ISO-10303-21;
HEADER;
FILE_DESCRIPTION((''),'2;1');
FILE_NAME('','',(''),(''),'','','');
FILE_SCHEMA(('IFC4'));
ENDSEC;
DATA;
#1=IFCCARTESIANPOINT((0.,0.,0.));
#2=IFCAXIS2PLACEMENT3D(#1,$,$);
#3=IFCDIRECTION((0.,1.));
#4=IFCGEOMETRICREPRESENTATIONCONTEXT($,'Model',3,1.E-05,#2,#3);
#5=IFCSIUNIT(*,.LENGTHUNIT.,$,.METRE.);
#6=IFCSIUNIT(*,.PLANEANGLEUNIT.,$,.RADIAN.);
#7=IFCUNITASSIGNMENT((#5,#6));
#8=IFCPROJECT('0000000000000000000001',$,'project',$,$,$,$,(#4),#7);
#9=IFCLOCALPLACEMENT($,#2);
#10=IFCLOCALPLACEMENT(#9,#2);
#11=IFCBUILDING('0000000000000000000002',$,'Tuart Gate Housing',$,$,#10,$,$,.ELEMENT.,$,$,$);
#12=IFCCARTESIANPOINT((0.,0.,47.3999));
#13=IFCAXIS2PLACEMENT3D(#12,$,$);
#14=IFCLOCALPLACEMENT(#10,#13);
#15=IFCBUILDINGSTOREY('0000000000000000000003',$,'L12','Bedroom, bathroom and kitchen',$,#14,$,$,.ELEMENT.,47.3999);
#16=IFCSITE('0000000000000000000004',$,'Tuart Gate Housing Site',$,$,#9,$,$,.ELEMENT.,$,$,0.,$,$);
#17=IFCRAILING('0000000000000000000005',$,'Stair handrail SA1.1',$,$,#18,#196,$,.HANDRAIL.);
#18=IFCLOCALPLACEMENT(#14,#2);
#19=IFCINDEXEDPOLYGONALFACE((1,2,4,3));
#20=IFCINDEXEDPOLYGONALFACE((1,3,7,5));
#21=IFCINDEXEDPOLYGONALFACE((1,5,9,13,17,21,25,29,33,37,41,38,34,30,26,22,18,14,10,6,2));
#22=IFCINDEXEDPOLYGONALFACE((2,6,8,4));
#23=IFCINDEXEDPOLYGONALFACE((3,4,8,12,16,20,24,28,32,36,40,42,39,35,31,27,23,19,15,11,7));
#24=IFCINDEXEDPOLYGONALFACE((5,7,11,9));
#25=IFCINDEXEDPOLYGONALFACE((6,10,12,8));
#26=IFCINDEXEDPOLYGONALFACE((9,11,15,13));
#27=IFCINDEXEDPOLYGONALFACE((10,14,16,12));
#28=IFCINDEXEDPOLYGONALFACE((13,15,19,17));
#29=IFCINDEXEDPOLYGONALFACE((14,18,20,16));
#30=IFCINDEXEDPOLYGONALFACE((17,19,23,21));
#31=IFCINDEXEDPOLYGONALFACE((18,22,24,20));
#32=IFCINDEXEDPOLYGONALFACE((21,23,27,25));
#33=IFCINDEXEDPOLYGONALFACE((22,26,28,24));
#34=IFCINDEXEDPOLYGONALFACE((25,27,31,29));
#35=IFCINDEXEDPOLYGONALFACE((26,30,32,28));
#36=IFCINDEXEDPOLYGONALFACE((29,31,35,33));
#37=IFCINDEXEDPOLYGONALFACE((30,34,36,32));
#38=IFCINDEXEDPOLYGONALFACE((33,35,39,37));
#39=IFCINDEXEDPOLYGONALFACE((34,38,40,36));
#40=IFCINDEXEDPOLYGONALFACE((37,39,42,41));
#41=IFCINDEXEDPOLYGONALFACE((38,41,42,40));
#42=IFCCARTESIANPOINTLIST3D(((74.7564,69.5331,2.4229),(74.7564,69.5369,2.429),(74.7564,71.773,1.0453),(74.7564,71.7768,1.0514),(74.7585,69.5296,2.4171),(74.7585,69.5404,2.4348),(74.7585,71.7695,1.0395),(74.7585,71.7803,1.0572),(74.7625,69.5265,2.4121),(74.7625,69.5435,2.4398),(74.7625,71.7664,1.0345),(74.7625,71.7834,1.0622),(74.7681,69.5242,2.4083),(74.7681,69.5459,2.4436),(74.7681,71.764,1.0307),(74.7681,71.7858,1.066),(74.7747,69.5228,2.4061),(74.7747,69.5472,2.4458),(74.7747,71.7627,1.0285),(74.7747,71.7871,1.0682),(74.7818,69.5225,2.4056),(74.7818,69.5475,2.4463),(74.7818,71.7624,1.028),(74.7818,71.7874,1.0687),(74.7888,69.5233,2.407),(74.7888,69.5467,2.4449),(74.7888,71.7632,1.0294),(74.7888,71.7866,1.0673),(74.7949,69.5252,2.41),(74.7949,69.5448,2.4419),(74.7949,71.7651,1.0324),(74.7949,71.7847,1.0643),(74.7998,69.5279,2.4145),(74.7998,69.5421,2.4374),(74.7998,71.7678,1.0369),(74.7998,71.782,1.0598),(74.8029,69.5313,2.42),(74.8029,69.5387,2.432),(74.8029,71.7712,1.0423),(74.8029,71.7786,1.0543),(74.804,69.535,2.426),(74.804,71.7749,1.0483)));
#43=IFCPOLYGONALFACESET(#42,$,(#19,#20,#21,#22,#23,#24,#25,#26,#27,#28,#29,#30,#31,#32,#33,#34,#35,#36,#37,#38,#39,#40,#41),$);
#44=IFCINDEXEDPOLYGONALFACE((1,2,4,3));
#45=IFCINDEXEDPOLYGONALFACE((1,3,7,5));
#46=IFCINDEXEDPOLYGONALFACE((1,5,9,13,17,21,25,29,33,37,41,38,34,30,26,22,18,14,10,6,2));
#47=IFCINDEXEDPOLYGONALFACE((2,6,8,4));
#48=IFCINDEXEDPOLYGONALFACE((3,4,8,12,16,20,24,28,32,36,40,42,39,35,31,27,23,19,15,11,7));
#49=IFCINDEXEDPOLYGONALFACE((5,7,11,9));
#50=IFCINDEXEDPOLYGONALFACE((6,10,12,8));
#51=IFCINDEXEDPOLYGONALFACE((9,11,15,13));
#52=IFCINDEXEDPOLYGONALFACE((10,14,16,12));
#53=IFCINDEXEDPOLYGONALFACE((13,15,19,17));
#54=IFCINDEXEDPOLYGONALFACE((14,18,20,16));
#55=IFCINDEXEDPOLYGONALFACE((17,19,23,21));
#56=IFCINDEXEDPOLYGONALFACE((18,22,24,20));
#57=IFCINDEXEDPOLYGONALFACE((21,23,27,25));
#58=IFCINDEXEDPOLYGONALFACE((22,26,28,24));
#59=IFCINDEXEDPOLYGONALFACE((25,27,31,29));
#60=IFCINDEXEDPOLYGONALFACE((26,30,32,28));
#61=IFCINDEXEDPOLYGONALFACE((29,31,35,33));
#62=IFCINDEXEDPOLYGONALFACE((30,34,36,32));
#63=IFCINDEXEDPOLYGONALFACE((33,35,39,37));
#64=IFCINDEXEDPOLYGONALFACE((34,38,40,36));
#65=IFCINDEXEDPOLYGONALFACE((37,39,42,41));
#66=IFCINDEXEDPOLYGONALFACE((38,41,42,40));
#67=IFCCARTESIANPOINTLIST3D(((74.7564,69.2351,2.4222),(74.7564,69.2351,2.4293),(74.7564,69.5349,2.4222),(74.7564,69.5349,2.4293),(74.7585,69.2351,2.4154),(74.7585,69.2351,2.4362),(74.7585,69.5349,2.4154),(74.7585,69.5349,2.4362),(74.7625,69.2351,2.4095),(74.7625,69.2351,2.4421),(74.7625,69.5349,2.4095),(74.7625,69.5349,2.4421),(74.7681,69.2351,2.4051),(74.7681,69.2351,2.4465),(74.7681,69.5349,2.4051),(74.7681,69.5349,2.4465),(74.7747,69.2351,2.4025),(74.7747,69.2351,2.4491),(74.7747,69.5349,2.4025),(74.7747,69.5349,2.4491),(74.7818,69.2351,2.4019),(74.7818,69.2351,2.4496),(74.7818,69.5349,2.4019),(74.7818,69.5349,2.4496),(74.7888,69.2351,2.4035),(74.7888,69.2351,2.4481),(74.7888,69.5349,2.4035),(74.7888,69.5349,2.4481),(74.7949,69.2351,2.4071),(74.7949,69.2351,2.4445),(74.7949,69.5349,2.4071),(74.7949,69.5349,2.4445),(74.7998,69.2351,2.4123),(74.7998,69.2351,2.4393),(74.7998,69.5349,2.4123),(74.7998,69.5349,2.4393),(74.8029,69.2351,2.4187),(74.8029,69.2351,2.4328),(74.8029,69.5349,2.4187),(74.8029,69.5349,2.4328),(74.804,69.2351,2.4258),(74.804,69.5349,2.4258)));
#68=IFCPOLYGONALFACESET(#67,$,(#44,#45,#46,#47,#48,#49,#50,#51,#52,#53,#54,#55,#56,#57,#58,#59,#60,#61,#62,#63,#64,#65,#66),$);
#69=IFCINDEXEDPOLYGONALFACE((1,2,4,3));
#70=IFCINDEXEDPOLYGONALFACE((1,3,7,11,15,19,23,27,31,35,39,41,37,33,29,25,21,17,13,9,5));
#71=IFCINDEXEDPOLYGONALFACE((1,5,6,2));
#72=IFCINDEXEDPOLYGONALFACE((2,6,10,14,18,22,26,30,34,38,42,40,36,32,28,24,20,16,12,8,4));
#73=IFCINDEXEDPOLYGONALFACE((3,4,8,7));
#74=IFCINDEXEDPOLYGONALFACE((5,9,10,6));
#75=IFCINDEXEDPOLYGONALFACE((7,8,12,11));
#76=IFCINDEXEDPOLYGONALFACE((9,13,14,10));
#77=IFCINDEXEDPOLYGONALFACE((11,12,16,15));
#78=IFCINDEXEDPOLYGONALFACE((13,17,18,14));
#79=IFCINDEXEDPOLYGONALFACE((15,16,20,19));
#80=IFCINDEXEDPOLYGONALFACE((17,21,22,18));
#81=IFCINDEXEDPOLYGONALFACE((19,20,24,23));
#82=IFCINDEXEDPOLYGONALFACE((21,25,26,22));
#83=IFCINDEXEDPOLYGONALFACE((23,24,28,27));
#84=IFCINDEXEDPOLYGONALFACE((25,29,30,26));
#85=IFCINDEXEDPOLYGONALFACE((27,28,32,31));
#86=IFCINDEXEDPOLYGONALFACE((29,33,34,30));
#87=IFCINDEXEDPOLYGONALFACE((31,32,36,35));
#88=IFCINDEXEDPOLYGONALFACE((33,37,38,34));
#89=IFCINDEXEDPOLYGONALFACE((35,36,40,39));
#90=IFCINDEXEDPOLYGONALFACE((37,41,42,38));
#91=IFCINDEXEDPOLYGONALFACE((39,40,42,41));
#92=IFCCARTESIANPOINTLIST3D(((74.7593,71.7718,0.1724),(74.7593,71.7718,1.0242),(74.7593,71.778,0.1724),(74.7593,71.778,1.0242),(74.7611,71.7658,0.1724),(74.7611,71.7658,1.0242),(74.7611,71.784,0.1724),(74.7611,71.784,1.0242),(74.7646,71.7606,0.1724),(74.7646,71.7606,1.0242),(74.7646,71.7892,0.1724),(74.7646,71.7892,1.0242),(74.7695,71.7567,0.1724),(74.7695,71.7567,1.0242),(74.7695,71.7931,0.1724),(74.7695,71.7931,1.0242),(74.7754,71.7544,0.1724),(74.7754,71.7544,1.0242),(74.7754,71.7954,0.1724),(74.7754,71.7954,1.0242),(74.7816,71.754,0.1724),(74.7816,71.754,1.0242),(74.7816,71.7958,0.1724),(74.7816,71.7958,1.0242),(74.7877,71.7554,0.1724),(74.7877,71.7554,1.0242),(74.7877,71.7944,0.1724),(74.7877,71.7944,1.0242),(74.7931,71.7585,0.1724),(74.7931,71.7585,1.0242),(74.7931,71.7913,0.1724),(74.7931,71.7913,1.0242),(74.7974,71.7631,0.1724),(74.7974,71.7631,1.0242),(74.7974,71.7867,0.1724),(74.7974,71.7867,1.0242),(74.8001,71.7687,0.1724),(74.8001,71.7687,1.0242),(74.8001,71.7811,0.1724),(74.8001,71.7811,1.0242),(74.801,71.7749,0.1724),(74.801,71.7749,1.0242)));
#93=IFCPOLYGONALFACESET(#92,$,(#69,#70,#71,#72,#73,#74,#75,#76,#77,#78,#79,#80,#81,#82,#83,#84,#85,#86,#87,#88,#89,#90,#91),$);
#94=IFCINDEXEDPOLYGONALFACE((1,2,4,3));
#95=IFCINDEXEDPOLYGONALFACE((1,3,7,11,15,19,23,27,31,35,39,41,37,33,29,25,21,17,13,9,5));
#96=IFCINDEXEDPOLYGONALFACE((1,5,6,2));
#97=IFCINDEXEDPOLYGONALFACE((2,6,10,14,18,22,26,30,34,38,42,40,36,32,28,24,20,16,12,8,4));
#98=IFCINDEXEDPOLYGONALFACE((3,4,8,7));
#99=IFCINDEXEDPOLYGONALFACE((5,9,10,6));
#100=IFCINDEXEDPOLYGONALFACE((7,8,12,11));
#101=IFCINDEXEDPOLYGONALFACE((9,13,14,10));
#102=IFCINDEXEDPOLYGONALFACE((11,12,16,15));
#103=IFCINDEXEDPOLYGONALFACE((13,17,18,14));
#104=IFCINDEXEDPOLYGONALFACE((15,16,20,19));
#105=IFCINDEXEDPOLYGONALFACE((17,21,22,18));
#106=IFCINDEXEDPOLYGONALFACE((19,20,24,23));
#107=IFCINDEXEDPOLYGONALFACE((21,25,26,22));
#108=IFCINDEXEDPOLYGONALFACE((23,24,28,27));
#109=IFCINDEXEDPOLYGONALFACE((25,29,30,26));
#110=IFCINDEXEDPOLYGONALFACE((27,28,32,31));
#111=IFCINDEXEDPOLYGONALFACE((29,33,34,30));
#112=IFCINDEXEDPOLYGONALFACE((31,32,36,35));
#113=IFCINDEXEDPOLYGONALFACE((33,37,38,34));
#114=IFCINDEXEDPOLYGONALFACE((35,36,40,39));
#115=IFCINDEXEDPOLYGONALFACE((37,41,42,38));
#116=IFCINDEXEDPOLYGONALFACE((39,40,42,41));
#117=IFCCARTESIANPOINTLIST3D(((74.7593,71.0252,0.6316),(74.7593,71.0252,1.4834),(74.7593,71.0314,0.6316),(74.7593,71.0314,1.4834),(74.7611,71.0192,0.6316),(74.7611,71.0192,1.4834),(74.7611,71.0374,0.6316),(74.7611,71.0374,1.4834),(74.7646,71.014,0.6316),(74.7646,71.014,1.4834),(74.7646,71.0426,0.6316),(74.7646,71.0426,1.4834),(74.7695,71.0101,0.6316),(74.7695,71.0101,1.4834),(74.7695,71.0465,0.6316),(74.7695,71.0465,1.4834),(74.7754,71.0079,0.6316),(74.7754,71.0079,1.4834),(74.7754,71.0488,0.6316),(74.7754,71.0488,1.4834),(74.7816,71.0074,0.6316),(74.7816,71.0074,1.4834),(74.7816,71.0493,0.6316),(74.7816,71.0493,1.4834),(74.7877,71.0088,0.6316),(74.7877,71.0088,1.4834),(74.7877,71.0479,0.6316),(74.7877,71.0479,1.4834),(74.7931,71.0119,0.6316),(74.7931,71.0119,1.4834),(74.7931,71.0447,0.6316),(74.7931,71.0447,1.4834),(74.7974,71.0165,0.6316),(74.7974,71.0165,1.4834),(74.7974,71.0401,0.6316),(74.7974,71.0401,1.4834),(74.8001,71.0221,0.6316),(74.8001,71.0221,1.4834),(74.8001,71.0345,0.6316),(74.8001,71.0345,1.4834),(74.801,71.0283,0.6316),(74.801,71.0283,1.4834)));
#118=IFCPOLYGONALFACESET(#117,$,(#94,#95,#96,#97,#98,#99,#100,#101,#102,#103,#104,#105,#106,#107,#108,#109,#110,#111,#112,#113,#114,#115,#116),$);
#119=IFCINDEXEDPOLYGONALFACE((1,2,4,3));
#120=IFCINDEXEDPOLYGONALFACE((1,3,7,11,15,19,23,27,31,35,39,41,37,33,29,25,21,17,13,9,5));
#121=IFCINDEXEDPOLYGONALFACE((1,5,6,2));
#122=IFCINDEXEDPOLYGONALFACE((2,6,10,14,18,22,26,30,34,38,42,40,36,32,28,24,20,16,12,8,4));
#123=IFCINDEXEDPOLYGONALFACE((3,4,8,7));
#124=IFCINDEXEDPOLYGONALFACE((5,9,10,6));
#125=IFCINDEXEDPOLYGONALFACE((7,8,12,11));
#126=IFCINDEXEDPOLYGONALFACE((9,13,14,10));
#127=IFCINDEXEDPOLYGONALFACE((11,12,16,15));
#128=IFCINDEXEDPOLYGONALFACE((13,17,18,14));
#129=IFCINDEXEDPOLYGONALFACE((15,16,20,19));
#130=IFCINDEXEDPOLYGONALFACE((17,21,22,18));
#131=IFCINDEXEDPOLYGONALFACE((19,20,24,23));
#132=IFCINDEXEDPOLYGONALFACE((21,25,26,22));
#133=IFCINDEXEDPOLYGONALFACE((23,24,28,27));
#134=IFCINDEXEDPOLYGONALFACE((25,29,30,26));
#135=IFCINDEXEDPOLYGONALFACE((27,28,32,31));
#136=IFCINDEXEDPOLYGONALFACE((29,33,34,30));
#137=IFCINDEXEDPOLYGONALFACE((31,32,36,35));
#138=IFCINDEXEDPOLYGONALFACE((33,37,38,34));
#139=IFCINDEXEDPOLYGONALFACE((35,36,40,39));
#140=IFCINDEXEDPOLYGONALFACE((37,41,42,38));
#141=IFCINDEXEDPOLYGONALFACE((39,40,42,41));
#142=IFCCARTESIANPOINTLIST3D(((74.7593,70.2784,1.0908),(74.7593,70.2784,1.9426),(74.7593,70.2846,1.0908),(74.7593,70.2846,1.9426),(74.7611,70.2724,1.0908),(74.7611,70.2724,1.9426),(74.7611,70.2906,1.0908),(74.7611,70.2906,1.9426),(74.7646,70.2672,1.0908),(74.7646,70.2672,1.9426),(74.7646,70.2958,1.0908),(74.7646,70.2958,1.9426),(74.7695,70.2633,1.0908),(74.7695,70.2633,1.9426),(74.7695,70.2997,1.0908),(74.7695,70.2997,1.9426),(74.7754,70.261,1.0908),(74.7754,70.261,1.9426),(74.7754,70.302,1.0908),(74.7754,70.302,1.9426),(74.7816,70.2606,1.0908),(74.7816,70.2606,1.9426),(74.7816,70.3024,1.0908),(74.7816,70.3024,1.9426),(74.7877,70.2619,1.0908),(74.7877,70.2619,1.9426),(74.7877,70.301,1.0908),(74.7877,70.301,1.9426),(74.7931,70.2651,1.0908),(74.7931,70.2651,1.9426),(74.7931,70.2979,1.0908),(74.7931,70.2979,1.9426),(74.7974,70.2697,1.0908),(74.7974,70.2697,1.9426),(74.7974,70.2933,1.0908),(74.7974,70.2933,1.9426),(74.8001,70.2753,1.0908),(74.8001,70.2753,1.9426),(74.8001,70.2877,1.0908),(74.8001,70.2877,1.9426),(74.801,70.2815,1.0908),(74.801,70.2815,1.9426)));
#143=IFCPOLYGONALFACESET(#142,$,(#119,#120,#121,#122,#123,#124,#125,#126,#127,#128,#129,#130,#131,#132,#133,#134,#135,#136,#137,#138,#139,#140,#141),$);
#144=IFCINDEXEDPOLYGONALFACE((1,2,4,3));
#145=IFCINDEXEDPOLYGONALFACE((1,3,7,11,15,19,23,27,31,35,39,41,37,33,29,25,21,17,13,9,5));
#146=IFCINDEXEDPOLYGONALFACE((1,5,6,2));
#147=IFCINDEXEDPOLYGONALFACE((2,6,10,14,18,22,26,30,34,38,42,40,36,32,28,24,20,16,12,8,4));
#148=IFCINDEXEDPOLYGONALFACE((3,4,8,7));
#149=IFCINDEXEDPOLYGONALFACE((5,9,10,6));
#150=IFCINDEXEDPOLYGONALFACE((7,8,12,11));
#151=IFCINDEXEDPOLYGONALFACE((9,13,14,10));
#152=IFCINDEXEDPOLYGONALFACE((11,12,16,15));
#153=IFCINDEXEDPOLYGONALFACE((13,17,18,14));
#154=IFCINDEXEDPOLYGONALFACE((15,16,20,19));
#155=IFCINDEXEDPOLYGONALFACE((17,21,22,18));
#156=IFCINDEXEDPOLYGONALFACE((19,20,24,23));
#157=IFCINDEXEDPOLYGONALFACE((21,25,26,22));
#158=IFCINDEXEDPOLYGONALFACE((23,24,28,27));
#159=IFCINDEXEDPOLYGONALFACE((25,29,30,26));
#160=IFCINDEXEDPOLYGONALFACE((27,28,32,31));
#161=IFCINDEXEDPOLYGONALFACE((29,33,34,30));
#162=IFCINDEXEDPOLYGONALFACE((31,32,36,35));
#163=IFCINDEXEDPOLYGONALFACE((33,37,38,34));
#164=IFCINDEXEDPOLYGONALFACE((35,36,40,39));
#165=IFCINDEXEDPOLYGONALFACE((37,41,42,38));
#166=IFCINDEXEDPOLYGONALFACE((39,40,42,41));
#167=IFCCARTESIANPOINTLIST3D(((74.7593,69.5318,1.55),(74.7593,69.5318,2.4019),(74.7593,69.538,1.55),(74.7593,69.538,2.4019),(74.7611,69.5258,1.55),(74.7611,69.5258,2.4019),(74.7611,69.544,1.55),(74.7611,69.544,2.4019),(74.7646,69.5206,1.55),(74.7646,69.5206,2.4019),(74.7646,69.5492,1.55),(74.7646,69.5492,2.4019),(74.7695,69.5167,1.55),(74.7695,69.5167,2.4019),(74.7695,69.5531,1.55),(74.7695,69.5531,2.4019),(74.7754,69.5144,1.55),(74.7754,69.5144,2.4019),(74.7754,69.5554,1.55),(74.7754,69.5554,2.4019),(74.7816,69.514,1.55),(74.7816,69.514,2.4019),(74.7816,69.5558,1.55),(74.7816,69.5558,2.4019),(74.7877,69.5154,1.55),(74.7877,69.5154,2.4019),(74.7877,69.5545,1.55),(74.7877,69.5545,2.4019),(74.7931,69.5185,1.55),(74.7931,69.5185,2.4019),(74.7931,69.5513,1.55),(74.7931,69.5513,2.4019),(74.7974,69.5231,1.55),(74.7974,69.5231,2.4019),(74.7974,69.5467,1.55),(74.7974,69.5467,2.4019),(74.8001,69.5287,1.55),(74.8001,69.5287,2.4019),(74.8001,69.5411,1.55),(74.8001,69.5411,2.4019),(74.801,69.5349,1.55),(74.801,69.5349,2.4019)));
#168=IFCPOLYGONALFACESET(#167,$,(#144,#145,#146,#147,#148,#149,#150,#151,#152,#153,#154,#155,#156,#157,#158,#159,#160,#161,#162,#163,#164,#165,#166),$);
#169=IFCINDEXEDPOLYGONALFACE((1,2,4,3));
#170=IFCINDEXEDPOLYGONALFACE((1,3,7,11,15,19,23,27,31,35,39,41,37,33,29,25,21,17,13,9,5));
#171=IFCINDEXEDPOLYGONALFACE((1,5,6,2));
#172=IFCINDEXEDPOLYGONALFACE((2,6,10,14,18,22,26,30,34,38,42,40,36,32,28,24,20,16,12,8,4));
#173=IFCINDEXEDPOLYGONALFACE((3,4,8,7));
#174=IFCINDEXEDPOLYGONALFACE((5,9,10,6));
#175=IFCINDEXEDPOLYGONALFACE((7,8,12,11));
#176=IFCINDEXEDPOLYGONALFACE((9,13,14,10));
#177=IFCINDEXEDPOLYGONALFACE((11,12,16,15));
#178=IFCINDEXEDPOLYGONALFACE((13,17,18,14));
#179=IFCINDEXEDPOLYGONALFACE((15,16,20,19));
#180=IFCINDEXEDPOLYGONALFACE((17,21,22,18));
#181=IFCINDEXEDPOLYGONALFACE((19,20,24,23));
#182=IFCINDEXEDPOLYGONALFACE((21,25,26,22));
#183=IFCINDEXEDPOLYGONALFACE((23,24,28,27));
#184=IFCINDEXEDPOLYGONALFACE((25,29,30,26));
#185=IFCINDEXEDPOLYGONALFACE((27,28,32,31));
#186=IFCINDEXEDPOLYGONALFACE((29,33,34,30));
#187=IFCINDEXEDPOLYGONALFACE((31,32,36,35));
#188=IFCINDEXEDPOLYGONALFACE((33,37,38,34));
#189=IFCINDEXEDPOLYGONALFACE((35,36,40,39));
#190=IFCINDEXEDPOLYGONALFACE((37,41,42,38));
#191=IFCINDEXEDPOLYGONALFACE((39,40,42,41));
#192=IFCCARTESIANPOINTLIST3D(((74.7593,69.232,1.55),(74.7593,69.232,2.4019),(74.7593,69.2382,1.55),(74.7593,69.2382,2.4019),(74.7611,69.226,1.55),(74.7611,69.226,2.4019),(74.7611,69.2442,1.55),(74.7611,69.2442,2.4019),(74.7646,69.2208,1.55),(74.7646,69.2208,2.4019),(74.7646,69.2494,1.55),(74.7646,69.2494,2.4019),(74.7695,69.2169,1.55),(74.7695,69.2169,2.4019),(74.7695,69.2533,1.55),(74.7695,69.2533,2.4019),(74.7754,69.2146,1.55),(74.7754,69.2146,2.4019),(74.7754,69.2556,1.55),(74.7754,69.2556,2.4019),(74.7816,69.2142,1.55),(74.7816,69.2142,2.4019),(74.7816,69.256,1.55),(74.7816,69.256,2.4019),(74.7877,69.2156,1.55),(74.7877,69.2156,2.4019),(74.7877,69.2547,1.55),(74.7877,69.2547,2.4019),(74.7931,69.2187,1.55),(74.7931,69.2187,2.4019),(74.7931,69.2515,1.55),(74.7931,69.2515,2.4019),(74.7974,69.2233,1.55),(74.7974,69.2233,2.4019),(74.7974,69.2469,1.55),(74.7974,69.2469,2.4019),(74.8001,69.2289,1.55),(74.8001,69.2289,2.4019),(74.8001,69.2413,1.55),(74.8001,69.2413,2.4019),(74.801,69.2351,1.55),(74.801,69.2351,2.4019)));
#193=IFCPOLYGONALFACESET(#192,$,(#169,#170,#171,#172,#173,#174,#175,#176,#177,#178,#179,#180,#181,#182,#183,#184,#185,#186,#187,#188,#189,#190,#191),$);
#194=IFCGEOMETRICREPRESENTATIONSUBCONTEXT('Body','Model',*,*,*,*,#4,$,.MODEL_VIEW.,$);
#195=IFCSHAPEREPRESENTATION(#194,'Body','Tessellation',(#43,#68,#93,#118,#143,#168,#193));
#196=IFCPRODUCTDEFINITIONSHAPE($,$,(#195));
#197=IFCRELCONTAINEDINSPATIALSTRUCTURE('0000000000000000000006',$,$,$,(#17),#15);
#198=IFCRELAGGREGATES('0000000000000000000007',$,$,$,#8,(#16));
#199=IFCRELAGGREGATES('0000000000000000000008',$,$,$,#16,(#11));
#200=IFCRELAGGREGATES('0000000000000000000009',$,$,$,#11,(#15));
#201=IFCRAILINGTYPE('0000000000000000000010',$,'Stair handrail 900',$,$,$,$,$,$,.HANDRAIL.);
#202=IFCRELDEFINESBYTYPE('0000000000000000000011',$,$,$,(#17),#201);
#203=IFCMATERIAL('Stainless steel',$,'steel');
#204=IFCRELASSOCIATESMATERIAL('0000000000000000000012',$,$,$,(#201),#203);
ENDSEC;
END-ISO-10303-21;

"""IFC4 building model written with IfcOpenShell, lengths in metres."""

from ifc_helpers import new_model, si_unit, direction, frame, origin, origin_2d, place, context, subcontext, project, spatial, circle, extrude, material, type_object, element, save


model = new_model("IFC4")

# Units and contexts
model_context = context("Model", 3, precision=1e-05, world=origin(), true_north=direction((0.0, 1.0)))
body_context = subcontext(model_context, "Body", "Model", "MODEL_VIEW")
ifc_project = project(units=[si_unit("LENGTHUNIT", "METRE"), si_unit("PLANEANGLEUNIT", "RADIAN")], contexts=[model_context])

# Site, building, storey
site_placement = place(None, origin())
site = spatial("IfcSite", under=ifc_project, at=site_placement, Name="Tuart Gate Housing Site", CompositionType="ELEMENT", RefElevation=0.0)
building_placement = place(site_placement, origin())
building = spatial("IfcBuilding", under=site, at=building_placement, Name="Tuart Gate Housing", CompositionType="ELEMENT")
storey_placement = place(building_placement, frame((0.0, 0.0, 47.3999)))
storey = spatial("IfcBuildingStorey", under=building, at=storey_placement, Name="L12", Description="Bedroom, bathroom and kitchen", CompositionType="ELEMENT", Elevation=47.3999)

# Railing
ifc_material_1 = material(Name="Stainless steel", Category="steel")
railing_type = type_object("IfcRailingType", Name="Stair handrail 900", PredefinedType="HANDRAIL", material=ifc_material_1)
railing_placement = place(storey_placement, frame((74.78, 71.7749, 0.1724)))
element("IfcRailing", 1, at=railing_placement, inside=storey, type_object=railing_type, Name="Stair handrail SA1.1", PredefinedType="HANDRAIL", context=body_context, shape_type="SweptSolid", body=[
    extrude(circle(Radius=0.0239, at=origin_2d()), frame((0.0, 0.0, 0.876), z_axis=(0.0, -0.851789, 0.523885), x_axis=(1.0, 0.0, 0.0)), (0.0, 0.0, 1.0), 2.6296),
    extrude(circle(Radius=0.0239, at=origin_2d()), frame((0.0, -2.24, 2.2534), z_axis=(0.0, -1.0, 0.0), x_axis=(1.0, 0.0, 0.0)), (0.0, 0.0, 1.0), 0.2998),
    extrude(circle(Radius=0.021, at=origin_2d()), origin(), (0.0, 0.0, 1.0), 0.8518),
    extrude(circle(Radius=0.021, at=origin_2d()), frame((0.0, -0.7466, 0.4592)), (0.0, 0.0, 1.0), 0.8518),
    extrude(circle(Radius=0.021, at=origin_2d()), frame((0.0, -1.4934, 0.9185)), (0.0, 0.0, 1.0), 0.8518),
    extrude(circle(Radius=0.021, at=origin_2d()), frame((0.0, -2.24, 1.3777)), (0.0, 0.0, 1.0), 0.8518),
    extrude(circle(Radius=0.021, at=origin_2d()), frame((0.0, -2.5398, 1.3777)), (0.0, 0.0, 1.0), 0.8518),
])

save(model, "model.ifc")
